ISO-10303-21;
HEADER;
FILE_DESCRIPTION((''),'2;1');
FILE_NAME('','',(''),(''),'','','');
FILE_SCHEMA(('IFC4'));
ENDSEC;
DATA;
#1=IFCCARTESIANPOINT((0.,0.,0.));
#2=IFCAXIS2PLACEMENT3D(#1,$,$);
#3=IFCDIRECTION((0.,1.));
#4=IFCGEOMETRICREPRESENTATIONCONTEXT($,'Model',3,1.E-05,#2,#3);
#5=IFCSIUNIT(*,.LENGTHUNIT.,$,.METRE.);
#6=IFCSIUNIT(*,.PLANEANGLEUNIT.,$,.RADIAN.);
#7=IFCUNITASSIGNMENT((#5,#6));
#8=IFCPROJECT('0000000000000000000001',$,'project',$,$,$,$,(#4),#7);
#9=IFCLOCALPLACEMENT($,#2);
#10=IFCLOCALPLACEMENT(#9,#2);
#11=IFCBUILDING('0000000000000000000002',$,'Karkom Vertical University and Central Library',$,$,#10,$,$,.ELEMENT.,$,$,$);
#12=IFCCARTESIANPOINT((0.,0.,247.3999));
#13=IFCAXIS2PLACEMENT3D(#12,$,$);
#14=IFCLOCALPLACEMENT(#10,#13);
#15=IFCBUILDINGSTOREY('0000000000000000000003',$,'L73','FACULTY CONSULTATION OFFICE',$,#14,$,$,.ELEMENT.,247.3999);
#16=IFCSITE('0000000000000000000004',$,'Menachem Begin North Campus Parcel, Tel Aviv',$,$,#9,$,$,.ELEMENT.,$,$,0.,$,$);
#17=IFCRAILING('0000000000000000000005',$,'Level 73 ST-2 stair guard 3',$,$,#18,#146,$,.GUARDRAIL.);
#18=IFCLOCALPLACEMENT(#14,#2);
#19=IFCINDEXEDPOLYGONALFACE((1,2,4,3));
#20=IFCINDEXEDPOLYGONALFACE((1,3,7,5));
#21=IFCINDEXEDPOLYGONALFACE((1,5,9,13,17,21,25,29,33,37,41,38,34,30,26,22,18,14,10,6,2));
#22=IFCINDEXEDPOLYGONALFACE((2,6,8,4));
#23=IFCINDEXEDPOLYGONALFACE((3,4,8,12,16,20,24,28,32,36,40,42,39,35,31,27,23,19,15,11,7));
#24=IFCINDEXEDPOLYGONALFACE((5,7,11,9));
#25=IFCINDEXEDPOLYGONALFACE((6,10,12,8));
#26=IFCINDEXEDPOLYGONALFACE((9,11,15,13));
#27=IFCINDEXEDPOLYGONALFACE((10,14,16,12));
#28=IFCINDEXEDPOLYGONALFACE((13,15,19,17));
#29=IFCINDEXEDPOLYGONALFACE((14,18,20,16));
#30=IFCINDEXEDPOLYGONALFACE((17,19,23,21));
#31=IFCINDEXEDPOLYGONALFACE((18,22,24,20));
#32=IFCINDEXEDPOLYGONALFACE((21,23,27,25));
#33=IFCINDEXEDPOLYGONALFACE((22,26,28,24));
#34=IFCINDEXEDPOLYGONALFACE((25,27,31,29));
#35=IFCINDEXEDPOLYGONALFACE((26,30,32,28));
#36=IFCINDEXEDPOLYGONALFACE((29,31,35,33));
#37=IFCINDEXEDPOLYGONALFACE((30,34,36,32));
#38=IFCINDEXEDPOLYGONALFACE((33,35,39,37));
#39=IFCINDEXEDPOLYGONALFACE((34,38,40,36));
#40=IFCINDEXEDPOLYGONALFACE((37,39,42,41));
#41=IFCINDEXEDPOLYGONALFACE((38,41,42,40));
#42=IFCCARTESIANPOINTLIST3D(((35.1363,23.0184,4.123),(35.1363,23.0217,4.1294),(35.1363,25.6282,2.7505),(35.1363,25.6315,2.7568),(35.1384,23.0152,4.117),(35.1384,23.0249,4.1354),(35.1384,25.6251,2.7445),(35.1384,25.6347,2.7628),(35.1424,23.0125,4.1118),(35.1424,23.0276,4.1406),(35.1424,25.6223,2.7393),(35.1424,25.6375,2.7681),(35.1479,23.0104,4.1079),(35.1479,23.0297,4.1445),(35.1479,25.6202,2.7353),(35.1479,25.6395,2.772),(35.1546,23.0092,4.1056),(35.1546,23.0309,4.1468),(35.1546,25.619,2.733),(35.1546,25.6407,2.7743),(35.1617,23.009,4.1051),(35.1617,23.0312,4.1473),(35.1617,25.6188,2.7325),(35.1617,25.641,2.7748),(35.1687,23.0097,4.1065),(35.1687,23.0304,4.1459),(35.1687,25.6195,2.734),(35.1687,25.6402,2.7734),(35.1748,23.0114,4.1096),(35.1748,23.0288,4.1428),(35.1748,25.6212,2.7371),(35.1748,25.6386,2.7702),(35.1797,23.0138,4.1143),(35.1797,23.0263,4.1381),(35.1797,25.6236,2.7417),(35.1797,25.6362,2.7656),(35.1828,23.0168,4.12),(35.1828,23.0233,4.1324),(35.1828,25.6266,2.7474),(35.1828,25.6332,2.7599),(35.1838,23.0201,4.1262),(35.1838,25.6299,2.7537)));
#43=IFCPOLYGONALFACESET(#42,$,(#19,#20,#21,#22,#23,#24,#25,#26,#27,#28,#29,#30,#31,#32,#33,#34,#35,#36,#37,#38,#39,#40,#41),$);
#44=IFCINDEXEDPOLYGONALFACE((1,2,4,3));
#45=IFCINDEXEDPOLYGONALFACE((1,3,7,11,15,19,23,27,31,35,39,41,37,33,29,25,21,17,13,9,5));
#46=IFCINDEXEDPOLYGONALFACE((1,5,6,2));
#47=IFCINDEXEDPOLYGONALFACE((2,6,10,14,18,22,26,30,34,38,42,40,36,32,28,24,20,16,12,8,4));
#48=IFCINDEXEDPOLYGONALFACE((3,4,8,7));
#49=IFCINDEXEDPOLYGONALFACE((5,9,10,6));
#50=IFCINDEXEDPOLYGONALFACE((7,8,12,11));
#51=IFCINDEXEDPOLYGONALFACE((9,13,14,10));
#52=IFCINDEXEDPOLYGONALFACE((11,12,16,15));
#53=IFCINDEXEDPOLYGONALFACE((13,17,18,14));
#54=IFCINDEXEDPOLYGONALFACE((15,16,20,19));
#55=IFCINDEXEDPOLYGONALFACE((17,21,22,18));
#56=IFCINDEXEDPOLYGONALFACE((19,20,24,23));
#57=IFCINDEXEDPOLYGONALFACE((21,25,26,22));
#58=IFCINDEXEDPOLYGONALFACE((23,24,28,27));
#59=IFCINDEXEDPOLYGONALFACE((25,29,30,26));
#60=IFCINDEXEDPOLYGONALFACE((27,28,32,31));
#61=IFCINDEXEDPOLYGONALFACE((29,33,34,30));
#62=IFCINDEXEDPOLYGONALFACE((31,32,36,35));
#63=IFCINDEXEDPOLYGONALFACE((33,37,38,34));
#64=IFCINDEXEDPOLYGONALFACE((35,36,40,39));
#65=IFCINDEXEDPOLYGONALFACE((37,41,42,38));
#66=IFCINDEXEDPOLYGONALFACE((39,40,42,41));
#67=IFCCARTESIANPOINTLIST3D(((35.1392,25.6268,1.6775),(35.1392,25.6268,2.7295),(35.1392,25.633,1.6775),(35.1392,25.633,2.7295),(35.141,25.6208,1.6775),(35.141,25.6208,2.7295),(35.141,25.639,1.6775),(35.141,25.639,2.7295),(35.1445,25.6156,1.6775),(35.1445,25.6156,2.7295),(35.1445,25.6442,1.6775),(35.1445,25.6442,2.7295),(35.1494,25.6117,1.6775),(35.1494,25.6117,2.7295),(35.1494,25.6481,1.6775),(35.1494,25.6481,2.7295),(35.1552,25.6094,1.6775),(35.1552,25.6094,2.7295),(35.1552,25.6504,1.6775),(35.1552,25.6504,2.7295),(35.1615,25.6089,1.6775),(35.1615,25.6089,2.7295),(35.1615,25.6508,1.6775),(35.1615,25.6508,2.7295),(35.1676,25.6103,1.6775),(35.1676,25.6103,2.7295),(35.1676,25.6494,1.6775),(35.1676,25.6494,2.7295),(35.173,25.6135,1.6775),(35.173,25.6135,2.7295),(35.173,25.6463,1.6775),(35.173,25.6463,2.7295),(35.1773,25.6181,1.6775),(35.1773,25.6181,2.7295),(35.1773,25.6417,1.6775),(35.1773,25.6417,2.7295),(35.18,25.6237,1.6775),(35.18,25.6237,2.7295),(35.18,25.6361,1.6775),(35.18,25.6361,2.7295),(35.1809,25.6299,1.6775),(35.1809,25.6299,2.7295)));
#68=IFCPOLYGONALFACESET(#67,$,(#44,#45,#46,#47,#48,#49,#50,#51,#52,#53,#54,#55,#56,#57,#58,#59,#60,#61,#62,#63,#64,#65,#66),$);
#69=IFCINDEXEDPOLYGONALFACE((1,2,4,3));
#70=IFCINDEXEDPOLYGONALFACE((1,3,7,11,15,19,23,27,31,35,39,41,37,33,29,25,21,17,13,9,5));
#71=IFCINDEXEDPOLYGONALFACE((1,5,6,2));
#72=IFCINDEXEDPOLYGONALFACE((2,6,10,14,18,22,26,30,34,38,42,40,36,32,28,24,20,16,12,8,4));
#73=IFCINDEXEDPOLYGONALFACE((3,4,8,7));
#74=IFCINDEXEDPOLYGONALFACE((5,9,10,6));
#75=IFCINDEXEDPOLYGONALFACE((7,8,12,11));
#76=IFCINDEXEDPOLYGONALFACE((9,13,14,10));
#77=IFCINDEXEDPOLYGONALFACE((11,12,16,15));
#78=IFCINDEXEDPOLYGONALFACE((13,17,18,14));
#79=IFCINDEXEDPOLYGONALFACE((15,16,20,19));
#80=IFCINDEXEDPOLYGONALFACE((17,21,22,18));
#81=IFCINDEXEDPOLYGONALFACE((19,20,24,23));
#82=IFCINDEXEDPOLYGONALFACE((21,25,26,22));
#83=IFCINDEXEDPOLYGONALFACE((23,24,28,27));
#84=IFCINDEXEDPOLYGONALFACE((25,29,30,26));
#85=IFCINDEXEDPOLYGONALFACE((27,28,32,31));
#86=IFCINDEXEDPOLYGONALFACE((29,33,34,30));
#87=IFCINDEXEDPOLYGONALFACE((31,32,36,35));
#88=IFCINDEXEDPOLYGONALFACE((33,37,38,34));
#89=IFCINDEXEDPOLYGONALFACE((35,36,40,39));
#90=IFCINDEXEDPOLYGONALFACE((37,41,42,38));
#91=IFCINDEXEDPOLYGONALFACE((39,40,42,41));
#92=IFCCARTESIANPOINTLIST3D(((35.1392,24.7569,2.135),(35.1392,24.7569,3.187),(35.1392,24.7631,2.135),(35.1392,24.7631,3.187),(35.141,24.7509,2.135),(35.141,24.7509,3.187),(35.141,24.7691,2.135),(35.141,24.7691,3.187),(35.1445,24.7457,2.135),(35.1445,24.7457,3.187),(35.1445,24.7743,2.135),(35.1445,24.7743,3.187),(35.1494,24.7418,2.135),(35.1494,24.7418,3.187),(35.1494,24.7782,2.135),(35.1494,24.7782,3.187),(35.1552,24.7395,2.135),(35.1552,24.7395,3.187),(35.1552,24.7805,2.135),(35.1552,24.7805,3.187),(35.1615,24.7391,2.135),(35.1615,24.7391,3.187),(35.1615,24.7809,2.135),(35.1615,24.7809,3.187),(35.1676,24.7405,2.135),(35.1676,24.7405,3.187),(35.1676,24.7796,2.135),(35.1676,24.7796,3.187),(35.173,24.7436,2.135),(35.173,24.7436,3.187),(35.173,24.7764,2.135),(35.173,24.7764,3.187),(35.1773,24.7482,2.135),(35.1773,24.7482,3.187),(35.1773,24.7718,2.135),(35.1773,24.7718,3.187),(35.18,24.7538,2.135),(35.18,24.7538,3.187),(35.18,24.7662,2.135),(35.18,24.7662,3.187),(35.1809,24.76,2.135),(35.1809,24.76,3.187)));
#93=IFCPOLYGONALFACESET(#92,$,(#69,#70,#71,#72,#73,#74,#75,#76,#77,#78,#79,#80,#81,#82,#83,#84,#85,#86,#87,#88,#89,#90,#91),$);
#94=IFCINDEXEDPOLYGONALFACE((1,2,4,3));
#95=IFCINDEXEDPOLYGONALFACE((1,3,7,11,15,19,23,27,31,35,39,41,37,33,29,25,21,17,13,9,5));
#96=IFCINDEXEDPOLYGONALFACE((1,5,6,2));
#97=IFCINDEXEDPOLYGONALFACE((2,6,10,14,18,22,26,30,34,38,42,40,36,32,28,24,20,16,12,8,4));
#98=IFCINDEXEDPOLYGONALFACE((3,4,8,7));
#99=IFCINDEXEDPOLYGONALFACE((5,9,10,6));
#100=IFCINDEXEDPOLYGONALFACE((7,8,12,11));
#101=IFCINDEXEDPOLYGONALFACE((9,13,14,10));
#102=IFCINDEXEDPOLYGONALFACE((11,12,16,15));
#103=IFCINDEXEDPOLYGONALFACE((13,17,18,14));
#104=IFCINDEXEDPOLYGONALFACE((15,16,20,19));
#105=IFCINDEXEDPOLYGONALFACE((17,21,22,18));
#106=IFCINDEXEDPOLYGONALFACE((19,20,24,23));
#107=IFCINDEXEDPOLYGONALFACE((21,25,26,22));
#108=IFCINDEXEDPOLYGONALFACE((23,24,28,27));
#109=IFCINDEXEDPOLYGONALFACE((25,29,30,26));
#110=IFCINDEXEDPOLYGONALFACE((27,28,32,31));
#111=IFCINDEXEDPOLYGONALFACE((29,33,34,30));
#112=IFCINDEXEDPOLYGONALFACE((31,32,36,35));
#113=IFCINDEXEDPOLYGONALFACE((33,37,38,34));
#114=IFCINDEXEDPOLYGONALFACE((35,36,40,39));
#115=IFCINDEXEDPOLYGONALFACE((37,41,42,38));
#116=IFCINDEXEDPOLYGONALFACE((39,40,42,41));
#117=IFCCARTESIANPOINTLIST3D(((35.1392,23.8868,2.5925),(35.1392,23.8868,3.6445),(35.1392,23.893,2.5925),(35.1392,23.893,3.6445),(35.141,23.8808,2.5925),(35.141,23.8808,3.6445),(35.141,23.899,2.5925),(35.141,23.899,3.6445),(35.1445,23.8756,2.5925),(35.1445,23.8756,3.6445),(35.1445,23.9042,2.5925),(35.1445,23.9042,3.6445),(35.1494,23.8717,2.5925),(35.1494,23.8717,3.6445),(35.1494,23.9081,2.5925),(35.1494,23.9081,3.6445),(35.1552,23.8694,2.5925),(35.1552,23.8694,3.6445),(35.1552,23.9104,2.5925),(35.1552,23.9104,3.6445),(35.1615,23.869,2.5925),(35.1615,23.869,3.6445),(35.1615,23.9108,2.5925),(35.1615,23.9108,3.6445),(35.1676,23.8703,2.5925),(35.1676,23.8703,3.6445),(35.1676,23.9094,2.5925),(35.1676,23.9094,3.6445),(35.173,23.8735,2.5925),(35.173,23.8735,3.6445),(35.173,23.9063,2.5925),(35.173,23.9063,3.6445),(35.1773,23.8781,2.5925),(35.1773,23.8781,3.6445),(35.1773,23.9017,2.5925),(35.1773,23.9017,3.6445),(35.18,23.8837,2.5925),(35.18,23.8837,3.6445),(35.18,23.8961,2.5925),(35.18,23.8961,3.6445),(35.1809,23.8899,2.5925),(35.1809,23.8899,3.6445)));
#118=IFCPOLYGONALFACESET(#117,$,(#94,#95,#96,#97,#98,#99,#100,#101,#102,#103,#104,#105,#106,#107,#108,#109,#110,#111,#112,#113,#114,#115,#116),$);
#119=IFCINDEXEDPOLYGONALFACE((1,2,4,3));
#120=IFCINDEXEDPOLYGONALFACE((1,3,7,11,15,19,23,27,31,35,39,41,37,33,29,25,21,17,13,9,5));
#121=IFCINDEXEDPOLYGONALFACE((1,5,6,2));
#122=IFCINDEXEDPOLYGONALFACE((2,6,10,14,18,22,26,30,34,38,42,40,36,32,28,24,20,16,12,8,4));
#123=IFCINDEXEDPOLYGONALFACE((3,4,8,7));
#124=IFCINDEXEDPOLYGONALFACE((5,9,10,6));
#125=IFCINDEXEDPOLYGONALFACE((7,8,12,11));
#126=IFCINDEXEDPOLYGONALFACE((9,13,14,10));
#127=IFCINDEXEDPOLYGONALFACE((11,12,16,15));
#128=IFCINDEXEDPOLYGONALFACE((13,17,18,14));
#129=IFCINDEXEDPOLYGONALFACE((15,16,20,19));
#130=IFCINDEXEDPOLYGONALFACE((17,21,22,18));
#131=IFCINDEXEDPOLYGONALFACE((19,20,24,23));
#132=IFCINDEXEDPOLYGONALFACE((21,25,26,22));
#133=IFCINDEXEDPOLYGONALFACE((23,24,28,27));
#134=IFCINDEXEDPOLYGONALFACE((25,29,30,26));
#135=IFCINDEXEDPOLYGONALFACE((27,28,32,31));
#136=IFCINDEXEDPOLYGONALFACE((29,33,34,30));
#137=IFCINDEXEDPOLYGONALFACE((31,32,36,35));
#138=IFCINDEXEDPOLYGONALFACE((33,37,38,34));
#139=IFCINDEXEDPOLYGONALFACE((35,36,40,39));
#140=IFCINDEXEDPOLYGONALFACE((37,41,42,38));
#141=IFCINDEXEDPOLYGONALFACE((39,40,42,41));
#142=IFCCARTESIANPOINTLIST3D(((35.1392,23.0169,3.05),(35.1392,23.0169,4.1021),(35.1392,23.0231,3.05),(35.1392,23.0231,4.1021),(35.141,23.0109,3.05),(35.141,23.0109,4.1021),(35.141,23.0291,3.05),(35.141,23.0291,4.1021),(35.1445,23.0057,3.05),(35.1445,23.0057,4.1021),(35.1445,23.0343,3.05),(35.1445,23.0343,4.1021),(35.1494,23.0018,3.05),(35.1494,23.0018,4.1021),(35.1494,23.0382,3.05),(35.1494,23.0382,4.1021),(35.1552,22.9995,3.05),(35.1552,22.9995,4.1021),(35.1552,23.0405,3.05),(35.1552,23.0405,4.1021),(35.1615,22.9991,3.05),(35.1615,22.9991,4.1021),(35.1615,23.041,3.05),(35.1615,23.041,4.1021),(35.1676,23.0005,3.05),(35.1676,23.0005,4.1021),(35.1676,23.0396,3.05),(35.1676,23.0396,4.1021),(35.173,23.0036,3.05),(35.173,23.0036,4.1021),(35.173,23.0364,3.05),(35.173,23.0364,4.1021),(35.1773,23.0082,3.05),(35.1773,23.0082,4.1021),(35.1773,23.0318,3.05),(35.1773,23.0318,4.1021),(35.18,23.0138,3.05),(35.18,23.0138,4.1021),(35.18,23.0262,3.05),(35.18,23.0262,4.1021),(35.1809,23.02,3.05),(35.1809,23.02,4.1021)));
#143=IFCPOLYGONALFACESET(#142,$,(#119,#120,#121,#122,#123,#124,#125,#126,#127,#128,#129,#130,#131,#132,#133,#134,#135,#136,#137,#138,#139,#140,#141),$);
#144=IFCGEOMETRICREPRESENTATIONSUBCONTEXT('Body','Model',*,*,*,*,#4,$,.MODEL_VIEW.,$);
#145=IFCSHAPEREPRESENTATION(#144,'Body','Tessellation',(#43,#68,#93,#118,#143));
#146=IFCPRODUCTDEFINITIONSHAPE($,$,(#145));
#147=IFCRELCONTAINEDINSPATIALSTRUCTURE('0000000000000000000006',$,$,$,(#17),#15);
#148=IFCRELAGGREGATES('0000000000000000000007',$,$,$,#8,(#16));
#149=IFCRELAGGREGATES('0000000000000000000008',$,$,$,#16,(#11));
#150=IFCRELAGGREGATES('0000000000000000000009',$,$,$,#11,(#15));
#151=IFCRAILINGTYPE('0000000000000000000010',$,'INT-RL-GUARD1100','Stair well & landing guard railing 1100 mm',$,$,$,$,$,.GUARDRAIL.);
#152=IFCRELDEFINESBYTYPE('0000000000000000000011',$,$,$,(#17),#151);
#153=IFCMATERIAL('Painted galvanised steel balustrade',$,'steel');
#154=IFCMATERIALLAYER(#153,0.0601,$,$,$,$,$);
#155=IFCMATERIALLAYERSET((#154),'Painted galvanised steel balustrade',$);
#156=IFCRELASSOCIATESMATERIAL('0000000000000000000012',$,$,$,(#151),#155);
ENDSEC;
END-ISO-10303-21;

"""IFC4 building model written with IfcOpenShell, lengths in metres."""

from ifc_helpers import new_model, si_unit, direction, frame, origin, origin_2d, place, context, subcontext, project, spatial, circle, extrude, material, layer, layer_set, type_object, element, save


model = new_model("IFC4")

# Units and contexts
model_context = context("Model", 3, precision=1e-05, world=origin(), true_north=direction((0.0, 1.0)))
body_context = subcontext(model_context, "Body", "Model", "MODEL_VIEW")
ifc_project = project(units=[si_unit("LENGTHUNIT", "METRE"), si_unit("PLANEANGLEUNIT", "RADIAN")], contexts=[model_context])

# Site, building, storey
site_placement = place(None, origin())
site = spatial("IfcSite", under=ifc_project, at=site_placement, Name="Menachem Begin North Campus Parcel, Tel Aviv", CompositionType="ELEMENT", RefElevation=0.0)
building_placement = place(site_placement, origin())
building = spatial("IfcBuilding", under=site, at=building_placement, Name="Karkom Vertical University and Central Library", CompositionType="ELEMENT")
storey_placement = place(building_placement, frame((0.0, 0.0, 247.3999)))
storey = spatial("IfcBuildingStorey", under=building, at=storey_placement, Name="L73", Description="FACULTY CONSULTATION OFFICE", CompositionType="ELEMENT", Elevation=247.3999)

# Railing
ifc_material_1 = material(Name="Painted galvanised steel balustrade", Category="steel")
ifc_layer_1 = layer(ifc_material_1, 0.0601)
ifc_layer_set_1 = layer_set([ifc_layer_1], Name="Painted galvanised steel balustrade")
railing_type = type_object("IfcRailingType", Name="INT-RL-GUARD1100", Description="Stair well & landing guard railing 1100 mm", PredefinedType="GUARDRAIL", material=ifc_layer_set_1)
railing_placement = place(storey_placement, frame((35.1599, 25.6299, 1.6775)))
element("IfcRailing", 1, at=railing_placement, inside=storey, type_object=railing_type, Name="Level 73 ST-2 stair guard 3", PredefinedType="GUARDRAIL", context=body_context, shape_type="SweptSolid", body=[
    extrude(circle(Radius=0.0239, at=origin_2d()), frame((0.0, 0.0, 1.0762), z_axis=(0.0, -0.885065, 0.465467), x_axis=(1.0, 0.0, 0.0)), (0.0, 0.0, 1.0), 2.9487),
    extrude(circle(Radius=0.021, at=origin_2d()), origin(), (0.0, 0.0, 1.0), 1.052),
    extrude(circle(Radius=0.021, at=origin_2d()), frame((0.0, -0.8699, 0.4575)), (0.0, 0.0, 1.0), 1.052),
    extrude(circle(Radius=0.021, at=origin_2d()), frame((0.0, -1.74, 0.915)), (0.0, 0.0, 1.0), 1.052),
    extrude(circle(Radius=0.021, at=origin_2d()), frame((0.0, -2.6099, 1.3726)), (0.0, 0.0, 1.0), 1.052),
])

save(model, "model.ifc")
